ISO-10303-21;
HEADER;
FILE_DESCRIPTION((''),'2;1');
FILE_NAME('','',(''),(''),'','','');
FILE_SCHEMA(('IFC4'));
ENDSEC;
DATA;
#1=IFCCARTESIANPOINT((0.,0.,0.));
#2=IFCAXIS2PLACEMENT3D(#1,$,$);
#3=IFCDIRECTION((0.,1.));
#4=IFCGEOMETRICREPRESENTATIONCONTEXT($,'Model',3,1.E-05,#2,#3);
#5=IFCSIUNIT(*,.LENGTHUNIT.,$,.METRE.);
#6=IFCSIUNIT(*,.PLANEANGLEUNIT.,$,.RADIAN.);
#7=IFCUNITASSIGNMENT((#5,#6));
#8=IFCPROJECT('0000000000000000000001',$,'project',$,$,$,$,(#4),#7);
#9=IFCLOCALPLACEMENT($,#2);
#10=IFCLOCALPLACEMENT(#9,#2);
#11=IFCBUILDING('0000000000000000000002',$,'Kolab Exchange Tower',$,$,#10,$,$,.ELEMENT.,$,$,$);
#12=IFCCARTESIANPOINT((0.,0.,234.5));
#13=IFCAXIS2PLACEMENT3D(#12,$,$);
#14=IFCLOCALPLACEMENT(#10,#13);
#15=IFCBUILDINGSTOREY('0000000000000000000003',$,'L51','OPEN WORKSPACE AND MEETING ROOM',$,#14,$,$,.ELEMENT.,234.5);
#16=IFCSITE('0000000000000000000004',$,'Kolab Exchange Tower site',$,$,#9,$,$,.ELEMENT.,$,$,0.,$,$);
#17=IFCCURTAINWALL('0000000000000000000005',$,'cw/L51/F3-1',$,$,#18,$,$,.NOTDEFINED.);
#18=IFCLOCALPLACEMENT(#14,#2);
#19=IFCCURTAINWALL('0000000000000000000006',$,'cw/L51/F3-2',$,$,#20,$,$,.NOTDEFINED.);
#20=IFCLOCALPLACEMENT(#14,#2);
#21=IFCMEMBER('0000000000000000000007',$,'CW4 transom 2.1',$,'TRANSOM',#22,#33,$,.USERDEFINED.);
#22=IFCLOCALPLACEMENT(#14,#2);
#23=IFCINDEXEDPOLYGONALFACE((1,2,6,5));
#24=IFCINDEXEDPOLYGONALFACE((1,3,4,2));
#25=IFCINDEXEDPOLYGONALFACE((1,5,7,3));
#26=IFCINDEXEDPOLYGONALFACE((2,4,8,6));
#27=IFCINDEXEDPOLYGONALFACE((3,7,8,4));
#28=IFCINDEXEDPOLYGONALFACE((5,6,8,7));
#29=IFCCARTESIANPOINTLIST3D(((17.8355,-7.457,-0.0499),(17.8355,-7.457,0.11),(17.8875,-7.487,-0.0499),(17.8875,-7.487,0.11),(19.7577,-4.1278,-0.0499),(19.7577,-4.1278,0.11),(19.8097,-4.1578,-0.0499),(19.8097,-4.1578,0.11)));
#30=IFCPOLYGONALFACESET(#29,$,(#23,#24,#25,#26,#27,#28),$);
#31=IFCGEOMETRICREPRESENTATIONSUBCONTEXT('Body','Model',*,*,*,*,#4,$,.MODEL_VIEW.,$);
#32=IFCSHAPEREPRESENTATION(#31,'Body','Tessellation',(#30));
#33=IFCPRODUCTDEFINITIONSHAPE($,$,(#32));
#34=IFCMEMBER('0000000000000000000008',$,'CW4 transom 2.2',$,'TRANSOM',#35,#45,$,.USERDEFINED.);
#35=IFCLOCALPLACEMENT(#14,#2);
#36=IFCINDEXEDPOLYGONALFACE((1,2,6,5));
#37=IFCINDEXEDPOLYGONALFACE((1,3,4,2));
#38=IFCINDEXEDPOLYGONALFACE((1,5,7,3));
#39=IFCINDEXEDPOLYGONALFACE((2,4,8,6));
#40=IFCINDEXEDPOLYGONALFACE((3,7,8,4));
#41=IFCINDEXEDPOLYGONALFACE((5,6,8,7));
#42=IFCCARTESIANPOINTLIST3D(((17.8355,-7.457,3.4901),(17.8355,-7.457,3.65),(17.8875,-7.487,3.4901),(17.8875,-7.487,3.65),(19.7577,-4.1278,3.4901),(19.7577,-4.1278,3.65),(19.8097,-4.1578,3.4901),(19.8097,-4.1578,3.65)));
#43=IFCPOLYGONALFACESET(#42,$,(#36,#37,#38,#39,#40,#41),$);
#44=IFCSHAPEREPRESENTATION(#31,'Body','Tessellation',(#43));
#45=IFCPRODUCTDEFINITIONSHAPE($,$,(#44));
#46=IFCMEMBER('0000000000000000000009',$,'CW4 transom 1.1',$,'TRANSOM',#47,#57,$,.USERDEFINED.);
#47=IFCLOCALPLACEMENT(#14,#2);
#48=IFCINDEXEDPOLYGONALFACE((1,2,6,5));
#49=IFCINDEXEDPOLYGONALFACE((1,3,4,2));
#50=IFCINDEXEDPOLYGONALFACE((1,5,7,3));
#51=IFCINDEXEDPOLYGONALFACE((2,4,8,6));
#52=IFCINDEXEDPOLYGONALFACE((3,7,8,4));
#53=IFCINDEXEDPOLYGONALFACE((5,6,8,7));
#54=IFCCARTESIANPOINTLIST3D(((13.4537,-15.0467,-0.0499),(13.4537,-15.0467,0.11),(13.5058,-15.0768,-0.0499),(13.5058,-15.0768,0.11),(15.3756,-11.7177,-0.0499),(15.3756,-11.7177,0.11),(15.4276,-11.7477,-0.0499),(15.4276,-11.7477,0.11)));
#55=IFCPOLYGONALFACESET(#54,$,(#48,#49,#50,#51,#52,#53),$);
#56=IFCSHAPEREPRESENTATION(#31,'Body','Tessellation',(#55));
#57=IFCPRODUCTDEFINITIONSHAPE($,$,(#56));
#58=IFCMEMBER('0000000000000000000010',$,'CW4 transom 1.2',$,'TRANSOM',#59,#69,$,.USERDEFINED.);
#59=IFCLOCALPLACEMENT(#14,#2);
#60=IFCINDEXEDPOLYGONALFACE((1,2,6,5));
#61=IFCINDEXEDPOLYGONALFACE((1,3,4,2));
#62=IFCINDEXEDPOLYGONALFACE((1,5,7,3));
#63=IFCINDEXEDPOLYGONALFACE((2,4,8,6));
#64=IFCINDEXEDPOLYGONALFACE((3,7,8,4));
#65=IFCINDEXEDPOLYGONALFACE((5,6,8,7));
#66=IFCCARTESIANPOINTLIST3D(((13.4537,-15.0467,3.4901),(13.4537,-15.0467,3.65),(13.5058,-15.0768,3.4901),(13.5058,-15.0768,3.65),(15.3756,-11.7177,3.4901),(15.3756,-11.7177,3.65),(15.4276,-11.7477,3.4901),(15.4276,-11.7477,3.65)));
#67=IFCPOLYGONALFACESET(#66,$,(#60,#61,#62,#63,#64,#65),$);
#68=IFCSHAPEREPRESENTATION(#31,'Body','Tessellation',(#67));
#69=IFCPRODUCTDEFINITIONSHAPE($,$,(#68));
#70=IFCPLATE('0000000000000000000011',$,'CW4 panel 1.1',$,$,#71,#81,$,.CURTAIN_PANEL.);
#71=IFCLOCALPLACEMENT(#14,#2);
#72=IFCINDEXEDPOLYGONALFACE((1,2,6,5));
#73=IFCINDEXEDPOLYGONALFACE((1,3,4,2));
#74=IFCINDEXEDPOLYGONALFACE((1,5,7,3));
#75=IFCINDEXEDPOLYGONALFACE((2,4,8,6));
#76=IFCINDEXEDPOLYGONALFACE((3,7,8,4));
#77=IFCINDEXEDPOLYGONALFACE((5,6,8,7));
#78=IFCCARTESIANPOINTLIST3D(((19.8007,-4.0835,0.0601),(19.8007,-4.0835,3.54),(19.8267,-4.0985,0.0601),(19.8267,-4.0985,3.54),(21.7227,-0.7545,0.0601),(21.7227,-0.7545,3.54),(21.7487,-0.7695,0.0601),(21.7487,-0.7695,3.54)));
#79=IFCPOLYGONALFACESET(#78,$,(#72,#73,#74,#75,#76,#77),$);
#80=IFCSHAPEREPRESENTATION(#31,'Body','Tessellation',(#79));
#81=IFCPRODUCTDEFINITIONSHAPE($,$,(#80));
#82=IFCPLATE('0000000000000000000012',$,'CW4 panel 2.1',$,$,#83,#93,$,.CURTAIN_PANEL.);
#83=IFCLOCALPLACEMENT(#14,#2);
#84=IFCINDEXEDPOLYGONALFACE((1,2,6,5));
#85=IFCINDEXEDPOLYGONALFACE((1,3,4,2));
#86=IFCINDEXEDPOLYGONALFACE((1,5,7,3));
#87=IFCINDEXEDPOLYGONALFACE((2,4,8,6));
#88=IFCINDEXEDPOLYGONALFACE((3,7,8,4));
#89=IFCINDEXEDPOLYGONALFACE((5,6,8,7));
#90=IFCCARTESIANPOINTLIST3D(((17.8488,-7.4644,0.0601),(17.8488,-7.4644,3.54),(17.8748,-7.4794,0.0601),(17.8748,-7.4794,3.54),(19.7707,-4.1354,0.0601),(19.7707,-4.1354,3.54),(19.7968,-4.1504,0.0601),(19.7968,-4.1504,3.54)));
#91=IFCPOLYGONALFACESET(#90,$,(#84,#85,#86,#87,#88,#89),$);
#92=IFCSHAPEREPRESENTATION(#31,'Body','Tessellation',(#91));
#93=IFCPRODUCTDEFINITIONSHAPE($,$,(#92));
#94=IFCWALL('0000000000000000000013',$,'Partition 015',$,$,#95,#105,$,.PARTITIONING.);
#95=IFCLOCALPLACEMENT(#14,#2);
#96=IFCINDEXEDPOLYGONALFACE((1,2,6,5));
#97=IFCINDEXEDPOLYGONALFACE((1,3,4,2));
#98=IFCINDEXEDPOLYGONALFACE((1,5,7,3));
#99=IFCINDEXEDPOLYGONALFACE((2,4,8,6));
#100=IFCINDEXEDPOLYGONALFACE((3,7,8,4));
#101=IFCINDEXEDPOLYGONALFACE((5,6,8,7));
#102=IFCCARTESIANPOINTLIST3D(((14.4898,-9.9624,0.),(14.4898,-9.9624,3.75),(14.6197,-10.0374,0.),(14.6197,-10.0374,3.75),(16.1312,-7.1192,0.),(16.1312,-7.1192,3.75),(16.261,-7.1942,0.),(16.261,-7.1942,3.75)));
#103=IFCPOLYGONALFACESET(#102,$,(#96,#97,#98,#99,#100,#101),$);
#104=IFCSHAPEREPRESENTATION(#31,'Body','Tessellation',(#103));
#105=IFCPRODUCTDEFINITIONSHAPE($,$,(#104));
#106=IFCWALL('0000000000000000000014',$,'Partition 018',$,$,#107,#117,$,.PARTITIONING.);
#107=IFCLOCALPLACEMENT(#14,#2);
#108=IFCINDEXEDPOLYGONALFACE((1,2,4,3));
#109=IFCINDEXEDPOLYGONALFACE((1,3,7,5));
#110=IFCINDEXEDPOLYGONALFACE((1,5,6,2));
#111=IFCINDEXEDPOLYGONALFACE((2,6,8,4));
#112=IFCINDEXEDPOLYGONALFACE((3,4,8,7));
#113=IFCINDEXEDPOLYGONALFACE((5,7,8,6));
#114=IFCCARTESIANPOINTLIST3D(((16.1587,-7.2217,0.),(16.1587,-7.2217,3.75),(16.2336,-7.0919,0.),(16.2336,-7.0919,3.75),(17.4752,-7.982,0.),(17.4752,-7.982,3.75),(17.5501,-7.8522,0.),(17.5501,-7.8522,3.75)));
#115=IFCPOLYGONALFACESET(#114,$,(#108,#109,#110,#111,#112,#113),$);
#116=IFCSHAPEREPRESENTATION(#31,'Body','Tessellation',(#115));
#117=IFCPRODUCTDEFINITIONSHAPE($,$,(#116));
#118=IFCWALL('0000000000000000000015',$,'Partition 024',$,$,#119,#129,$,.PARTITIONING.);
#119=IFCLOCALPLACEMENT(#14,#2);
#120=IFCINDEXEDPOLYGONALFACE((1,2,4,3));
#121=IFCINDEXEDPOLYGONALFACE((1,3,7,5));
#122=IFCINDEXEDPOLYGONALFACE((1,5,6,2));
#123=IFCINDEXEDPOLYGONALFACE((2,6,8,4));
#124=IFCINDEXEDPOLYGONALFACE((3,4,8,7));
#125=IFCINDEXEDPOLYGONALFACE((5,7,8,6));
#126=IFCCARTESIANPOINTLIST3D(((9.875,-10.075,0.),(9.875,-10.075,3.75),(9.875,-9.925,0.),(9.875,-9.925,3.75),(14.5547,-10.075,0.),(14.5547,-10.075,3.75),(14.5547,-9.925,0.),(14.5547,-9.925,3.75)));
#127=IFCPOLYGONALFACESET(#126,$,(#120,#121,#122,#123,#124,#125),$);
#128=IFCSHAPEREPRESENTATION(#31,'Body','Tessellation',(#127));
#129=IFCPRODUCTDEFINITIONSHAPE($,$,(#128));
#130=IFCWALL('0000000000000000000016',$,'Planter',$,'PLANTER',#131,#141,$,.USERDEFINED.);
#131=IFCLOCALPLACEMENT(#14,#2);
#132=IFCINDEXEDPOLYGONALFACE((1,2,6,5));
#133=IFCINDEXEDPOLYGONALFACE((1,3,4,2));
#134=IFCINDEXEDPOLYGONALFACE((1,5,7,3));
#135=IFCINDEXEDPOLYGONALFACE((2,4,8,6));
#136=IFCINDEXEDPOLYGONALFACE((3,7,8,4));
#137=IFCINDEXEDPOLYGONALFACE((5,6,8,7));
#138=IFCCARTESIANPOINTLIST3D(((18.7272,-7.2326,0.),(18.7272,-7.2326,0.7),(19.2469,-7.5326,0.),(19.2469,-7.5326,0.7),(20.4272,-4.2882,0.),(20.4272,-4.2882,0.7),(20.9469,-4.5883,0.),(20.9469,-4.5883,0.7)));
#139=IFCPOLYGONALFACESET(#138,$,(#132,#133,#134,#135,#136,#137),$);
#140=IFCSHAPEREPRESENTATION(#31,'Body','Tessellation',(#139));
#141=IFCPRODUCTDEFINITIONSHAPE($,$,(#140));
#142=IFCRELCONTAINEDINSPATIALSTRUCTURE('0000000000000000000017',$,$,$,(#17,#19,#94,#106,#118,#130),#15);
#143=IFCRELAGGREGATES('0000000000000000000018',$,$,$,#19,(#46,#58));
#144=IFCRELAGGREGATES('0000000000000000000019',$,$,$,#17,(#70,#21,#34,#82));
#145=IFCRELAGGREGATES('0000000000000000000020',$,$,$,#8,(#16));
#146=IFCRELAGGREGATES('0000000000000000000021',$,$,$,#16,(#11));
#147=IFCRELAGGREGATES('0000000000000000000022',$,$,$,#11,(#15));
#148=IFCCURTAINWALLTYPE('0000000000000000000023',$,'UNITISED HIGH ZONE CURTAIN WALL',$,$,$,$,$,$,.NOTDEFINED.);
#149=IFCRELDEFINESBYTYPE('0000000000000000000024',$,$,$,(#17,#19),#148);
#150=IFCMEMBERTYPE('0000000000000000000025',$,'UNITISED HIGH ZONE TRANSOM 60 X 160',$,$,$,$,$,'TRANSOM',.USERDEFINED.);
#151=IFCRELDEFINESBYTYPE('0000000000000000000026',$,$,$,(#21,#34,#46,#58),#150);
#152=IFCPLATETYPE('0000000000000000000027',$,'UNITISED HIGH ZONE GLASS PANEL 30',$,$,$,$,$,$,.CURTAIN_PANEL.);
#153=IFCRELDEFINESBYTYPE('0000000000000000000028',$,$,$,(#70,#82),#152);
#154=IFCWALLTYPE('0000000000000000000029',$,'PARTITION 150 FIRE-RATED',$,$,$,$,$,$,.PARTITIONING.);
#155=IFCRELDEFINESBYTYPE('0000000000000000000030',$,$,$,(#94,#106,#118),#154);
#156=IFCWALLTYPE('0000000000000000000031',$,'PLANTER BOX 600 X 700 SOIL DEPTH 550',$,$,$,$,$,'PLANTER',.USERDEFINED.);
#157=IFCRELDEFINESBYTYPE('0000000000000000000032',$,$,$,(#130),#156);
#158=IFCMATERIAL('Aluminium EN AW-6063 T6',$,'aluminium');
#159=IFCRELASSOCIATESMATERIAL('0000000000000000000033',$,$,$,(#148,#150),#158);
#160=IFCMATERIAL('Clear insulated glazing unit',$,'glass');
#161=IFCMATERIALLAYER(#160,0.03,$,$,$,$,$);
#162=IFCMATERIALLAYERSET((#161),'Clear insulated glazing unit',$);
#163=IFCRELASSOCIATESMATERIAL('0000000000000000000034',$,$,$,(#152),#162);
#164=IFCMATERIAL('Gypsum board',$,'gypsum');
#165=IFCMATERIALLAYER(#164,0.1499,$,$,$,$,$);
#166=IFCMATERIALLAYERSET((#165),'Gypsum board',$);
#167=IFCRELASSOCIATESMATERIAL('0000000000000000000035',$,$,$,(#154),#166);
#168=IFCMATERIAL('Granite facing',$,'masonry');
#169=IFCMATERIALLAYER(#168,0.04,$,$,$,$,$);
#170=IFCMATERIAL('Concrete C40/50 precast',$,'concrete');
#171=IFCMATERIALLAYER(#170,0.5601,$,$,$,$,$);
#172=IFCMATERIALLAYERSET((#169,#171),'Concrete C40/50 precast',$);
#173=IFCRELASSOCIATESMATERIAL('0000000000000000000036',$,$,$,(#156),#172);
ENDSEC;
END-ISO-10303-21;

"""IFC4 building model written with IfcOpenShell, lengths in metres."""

from ifc_helpers import new_model, si_unit, direction, frame, frame_2d, origin, origin_2d, place, context, subcontext, project, spatial, rectangle, extrude, material, layer, layer_set, material_profile, profile_set, type_object, element, aggregate, save


model = new_model("IFC4")

# Units and contexts
model_context = context("Model", 3, precision=1e-05, world=origin(), true_north=direction((0.0, 1.0)))
body_context = subcontext(model_context, "Body", "Model", "MODEL_VIEW")
ifc_project = project(units=[si_unit("LENGTHUNIT", "METRE"), si_unit("PLANEANGLEUNIT", "RADIAN")], contexts=[model_context])

# Site, building, storey
site_placement = place(None, origin())
site = spatial("IfcSite", under=ifc_project, at=site_placement, Name="Kolab Exchange Tower site", CompositionType="ELEMENT", RefElevation=0.0)
building_placement = place(site_placement, origin())
building = spatial("IfcBuilding", under=site, at=building_placement, Name="Kolab Exchange Tower", CompositionType="ELEMENT")
storey_placement = place(building_placement, frame((0.0, 0.0, 234.5)))
storey = spatial("IfcBuildingStorey", under=building, at=storey_placement, Name="L51", Description="OPEN WORKSPACE AND MEETING ROOM", CompositionType="ELEMENT", Elevation=234.5)

# Curtain wall
ifc_material_1 = material(Name="Aluminium EN AW-6063 T6", Category="aluminium")
curtain_wall_type = type_object("IfcCurtainWallType", Name="UNITISED HIGH ZONE CURTAIN WALL", PredefinedType="NOTDEFINED", material=ifc_material_1)
curtain_wall_1_placement = place(storey_placement, origin())
curtain_wall_1 = element("IfcCurtainWall", 1, at=curtain_wall_1_placement, inside=storey, type_object=curtain_wall_type, Name="cw/L51/F3-1", PredefinedType="NOTDEFINED")

# Curtain wall
curtain_wall_2_placement = place(storey_placement, origin())
curtain_wall_2 = element("IfcCurtainWall", 2, at=curtain_wall_2_placement, inside=storey, type_object=curtain_wall_type, Name="cw/L51/F3-2", PredefinedType="NOTDEFINED")

# Members
ifc_material_profile_1 = material_profile(ifc_material_1, rectangle(XDim=0.0601, YDim=0.1599, at=origin_2d()), Name="RECT 60X160")
ifc_profile_set_1 = profile_set([ifc_material_profile_1], Name="Aluminium EN AW-6063 T6")
member_type_1 = type_object("IfcMemberType", Name="UNITISED HIGH ZONE TRANSOM 60 X 160", ElementType="TRANSOM", PredefinedType="USERDEFINED", material=ifc_profile_set_1)
member_1_placement = place(storey_placement, frame((19.7837, -4.1428, 0.03), z_axis=(-0.500012, -0.866018, 0.0), x_axis=(0.866018, -0.500012, 0.0)))
member_1 = element("IfcMember", 3, at=member_1_placement, type_object=member_type_1, Name="CW4 transom 2.1", ObjectType="TRANSOM", PredefinedType="USERDEFINED", context=body_context, shape_type="SweptSolid", body=[
    extrude(rectangle(XDim=0.0601, YDim=0.1599, at=origin_2d()), origin(), (0.0, 0.0, 1.0), 3.8442),
])
member_2_placement = place(storey_placement, frame((19.7837, -4.1428, 3.5701), z_axis=(-0.500012, -0.866018, 0.0), x_axis=(0.866018, -0.500012, 0.0)))
member_2 = element("IfcMember", 4, at=member_2_placement, type_object=member_type_1, Name="CW4 transom 2.2", ObjectType="TRANSOM", PredefinedType="USERDEFINED", context=body_context, shape_type="SweptSolid", body=[
    extrude(rectangle(XDim=0.0601, YDim=0.1599, at=origin_2d()), origin(), (0.0, 0.0, 1.0), 3.8442),
])
member_3_placement = place(storey_placement, frame((15.4016, -11.7327, 0.03), z_axis=(-0.499964, -0.866046, 0.0), x_axis=(0.866046, -0.499964, 0.0)))
member_3 = element("IfcMember", 5, at=member_3_placement, type_object=member_type_1, Name="CW4 transom 1.1", ObjectType="TRANSOM", PredefinedType="USERDEFINED", context=body_context, shape_type="SweptSolid", body=[
    extrude(rectangle(XDim=0.0601, YDim=0.1599, at=origin_2d()), origin(), (0.0, 0.0, 1.0), 3.844),
])
member_4_placement = place(storey_placement, frame((15.4016, -11.7327, 3.5701), z_axis=(-0.499964, -0.866046, 0.0), x_axis=(0.866046, -0.499964, 0.0)))
member_4 = element("IfcMember", 6, at=member_4_placement, type_object=member_type_1, Name="CW4 transom 1.2", ObjectType="TRANSOM", PredefinedType="USERDEFINED", context=body_context, shape_type="SweptSolid", body=[
    extrude(rectangle(XDim=0.0601, YDim=0.1599, at=origin_2d()), origin(), (0.0, 0.0, 1.0), 3.844),
])
aggregate(curtain_wall_2, [member_3, member_4])

# Plates
ifc_material_2 = material(Name="Clear insulated glazing unit", Category="glass")
ifc_layer_1 = layer(ifc_material_2, 0.03)
ifc_layer_set_1 = layer_set([ifc_layer_1], Name="Clear insulated glazing unit")
plate_type = type_object("IfcPlateType", Name="UNITISED HIGH ZONE GLASS PANEL 30", PredefinedType="CURTAIN_PANEL", material=ifc_layer_set_1)
plate_1_placement = place(storey_placement, frame((20.7747, -2.4265, 0.0601), z_axis=(0.0, 0.0, 1.0), x_axis=(-0.5, -0.866025, 0.0)))
plate_1 = element("IfcPlate", 7, at=plate_1_placement, type_object=plate_type, Name="CW4 panel 1.1", PredefinedType="CURTAIN_PANEL", context=body_context, shape_type="SweptSolid", body=[
    extrude(rectangle(XDim=3.844, YDim=0.03, at=origin_2d()), origin(), (0.0, 0.0, 1.0), 3.48),
])
plate_2_placement = place(storey_placement, frame((18.8228, -5.8074, 0.0601), z_axis=(0.0, 0.0, 1.0), x_axis=(-0.5, -0.866025, 0.0)))
plate_2 = element("IfcPlate", 8, at=plate_2_placement, type_object=plate_type, Name="CW4 panel 2.1", PredefinedType="CURTAIN_PANEL", context=body_context, shape_type="SweptSolid", body=[
    extrude(rectangle(XDim=3.844, YDim=0.03, at=origin_2d()), origin(), (0.0, 0.0, 1.0), 3.48),
])
aggregate(curtain_wall_1, [plate_1, member_1, member_2, plate_2])

# Walls
ifc_material_3 = material(Name="Gypsum board", Category="gypsum")
ifc_layer_2 = layer(ifc_material_3, 0.1499)
ifc_layer_set_2 = layer_set([ifc_layer_2], Name="Gypsum board")
wall_type_1 = type_object("IfcWallType", Name="PARTITION 150 FIRE-RATED", PredefinedType="PARTITIONING", material=ifc_layer_set_2)
wall_1_placement = place(storey_placement, frame((14.5547, -10.0, 0.0), z_axis=(0.0, 0.0, 1.0), x_axis=(0.499954, 0.866052, 0.0)))
element("IfcWall", 9, at=wall_1_placement, inside=storey, type_object=wall_type_1, Name="Partition 015", PredefinedType="PARTITIONING", context=body_context, shape_type="SweptSolid", body=[
    extrude(rectangle(XDim=3.283, YDim=0.1499, at=frame_2d((1.6416, 0.0))), origin(), (0.0, 0.0, 1.0), 3.75),
])
wall_2_placement = place(storey_placement, frame((16.196, -7.1567, 0.0), z_axis=(0.0, 0.0, 1.0), x_axis=(0.865961, -0.500112, 0.0)))
element("IfcWall", 10, at=wall_2_placement, inside=storey, type_object=wall_type_1, Name="Partition 018", PredefinedType="PARTITIONING", context=body_context, shape_type="SweptSolid", body=[
    extrude(rectangle(XDim=1.5203, YDim=0.1499, at=frame_2d((0.7603, 0.0))), origin(), (0.0, 0.0, 1.0), 3.75),
])
wall_3_placement = place(storey_placement, frame((9.875, -10.0, 0.0), z_axis=(0.0, 0.0, 1.0), x_axis=(1.0, 0.0, 0.0)))
element("IfcWall", 11, at=wall_3_placement, inside=storey, type_object=wall_type_1, Name="Partition 024", PredefinedType="PARTITIONING", context=body_context, shape_type="SweptSolid", body=[
    extrude(rectangle(XDim=4.6797, YDim=0.1499, at=frame_2d((2.3398, 0.0))), origin(), (0.0, 0.0, 1.0), 3.75),
])
ifc_material_4 = material(Name="Granite facing", Category="masonry")
ifc_layer_3 = layer(ifc_material_4, 0.04)
ifc_material_5 = material(Name="Concrete C40/50 precast", Category="concrete")
ifc_layer_4 = layer(ifc_material_5, 0.5601)
ifc_layer_set_3 = layer_set([ifc_layer_3, ifc_layer_4], Name="Concrete C40/50 precast")
wall_type_2 = type_object("IfcWallType", Name="PLANTER BOX 600 X 700 SOIL DEPTH 550", ElementType="PLANTER", PredefinedType="USERDEFINED", material=ifc_layer_set_3)
wall_4_placement = place(storey_placement, frame((20.687, -4.4382, 0.0), z_axis=(0.0, 0.0, 1.0), x_axis=(-0.500008, -0.866021, 0.0)))
element("IfcWall", 12, at=wall_4_placement, inside=storey, type_object=wall_type_2, Name="Planter", ObjectType="PLANTER", PredefinedType="USERDEFINED", context=body_context, shape_type="SweptSolid", body=[
    extrude(rectangle(XDim=3.3999, YDim=0.6001, at=frame_2d((1.7, 0.0))), origin(), (0.0, 0.0, 1.0), 0.7),
])

save(model, "model.ifc")
